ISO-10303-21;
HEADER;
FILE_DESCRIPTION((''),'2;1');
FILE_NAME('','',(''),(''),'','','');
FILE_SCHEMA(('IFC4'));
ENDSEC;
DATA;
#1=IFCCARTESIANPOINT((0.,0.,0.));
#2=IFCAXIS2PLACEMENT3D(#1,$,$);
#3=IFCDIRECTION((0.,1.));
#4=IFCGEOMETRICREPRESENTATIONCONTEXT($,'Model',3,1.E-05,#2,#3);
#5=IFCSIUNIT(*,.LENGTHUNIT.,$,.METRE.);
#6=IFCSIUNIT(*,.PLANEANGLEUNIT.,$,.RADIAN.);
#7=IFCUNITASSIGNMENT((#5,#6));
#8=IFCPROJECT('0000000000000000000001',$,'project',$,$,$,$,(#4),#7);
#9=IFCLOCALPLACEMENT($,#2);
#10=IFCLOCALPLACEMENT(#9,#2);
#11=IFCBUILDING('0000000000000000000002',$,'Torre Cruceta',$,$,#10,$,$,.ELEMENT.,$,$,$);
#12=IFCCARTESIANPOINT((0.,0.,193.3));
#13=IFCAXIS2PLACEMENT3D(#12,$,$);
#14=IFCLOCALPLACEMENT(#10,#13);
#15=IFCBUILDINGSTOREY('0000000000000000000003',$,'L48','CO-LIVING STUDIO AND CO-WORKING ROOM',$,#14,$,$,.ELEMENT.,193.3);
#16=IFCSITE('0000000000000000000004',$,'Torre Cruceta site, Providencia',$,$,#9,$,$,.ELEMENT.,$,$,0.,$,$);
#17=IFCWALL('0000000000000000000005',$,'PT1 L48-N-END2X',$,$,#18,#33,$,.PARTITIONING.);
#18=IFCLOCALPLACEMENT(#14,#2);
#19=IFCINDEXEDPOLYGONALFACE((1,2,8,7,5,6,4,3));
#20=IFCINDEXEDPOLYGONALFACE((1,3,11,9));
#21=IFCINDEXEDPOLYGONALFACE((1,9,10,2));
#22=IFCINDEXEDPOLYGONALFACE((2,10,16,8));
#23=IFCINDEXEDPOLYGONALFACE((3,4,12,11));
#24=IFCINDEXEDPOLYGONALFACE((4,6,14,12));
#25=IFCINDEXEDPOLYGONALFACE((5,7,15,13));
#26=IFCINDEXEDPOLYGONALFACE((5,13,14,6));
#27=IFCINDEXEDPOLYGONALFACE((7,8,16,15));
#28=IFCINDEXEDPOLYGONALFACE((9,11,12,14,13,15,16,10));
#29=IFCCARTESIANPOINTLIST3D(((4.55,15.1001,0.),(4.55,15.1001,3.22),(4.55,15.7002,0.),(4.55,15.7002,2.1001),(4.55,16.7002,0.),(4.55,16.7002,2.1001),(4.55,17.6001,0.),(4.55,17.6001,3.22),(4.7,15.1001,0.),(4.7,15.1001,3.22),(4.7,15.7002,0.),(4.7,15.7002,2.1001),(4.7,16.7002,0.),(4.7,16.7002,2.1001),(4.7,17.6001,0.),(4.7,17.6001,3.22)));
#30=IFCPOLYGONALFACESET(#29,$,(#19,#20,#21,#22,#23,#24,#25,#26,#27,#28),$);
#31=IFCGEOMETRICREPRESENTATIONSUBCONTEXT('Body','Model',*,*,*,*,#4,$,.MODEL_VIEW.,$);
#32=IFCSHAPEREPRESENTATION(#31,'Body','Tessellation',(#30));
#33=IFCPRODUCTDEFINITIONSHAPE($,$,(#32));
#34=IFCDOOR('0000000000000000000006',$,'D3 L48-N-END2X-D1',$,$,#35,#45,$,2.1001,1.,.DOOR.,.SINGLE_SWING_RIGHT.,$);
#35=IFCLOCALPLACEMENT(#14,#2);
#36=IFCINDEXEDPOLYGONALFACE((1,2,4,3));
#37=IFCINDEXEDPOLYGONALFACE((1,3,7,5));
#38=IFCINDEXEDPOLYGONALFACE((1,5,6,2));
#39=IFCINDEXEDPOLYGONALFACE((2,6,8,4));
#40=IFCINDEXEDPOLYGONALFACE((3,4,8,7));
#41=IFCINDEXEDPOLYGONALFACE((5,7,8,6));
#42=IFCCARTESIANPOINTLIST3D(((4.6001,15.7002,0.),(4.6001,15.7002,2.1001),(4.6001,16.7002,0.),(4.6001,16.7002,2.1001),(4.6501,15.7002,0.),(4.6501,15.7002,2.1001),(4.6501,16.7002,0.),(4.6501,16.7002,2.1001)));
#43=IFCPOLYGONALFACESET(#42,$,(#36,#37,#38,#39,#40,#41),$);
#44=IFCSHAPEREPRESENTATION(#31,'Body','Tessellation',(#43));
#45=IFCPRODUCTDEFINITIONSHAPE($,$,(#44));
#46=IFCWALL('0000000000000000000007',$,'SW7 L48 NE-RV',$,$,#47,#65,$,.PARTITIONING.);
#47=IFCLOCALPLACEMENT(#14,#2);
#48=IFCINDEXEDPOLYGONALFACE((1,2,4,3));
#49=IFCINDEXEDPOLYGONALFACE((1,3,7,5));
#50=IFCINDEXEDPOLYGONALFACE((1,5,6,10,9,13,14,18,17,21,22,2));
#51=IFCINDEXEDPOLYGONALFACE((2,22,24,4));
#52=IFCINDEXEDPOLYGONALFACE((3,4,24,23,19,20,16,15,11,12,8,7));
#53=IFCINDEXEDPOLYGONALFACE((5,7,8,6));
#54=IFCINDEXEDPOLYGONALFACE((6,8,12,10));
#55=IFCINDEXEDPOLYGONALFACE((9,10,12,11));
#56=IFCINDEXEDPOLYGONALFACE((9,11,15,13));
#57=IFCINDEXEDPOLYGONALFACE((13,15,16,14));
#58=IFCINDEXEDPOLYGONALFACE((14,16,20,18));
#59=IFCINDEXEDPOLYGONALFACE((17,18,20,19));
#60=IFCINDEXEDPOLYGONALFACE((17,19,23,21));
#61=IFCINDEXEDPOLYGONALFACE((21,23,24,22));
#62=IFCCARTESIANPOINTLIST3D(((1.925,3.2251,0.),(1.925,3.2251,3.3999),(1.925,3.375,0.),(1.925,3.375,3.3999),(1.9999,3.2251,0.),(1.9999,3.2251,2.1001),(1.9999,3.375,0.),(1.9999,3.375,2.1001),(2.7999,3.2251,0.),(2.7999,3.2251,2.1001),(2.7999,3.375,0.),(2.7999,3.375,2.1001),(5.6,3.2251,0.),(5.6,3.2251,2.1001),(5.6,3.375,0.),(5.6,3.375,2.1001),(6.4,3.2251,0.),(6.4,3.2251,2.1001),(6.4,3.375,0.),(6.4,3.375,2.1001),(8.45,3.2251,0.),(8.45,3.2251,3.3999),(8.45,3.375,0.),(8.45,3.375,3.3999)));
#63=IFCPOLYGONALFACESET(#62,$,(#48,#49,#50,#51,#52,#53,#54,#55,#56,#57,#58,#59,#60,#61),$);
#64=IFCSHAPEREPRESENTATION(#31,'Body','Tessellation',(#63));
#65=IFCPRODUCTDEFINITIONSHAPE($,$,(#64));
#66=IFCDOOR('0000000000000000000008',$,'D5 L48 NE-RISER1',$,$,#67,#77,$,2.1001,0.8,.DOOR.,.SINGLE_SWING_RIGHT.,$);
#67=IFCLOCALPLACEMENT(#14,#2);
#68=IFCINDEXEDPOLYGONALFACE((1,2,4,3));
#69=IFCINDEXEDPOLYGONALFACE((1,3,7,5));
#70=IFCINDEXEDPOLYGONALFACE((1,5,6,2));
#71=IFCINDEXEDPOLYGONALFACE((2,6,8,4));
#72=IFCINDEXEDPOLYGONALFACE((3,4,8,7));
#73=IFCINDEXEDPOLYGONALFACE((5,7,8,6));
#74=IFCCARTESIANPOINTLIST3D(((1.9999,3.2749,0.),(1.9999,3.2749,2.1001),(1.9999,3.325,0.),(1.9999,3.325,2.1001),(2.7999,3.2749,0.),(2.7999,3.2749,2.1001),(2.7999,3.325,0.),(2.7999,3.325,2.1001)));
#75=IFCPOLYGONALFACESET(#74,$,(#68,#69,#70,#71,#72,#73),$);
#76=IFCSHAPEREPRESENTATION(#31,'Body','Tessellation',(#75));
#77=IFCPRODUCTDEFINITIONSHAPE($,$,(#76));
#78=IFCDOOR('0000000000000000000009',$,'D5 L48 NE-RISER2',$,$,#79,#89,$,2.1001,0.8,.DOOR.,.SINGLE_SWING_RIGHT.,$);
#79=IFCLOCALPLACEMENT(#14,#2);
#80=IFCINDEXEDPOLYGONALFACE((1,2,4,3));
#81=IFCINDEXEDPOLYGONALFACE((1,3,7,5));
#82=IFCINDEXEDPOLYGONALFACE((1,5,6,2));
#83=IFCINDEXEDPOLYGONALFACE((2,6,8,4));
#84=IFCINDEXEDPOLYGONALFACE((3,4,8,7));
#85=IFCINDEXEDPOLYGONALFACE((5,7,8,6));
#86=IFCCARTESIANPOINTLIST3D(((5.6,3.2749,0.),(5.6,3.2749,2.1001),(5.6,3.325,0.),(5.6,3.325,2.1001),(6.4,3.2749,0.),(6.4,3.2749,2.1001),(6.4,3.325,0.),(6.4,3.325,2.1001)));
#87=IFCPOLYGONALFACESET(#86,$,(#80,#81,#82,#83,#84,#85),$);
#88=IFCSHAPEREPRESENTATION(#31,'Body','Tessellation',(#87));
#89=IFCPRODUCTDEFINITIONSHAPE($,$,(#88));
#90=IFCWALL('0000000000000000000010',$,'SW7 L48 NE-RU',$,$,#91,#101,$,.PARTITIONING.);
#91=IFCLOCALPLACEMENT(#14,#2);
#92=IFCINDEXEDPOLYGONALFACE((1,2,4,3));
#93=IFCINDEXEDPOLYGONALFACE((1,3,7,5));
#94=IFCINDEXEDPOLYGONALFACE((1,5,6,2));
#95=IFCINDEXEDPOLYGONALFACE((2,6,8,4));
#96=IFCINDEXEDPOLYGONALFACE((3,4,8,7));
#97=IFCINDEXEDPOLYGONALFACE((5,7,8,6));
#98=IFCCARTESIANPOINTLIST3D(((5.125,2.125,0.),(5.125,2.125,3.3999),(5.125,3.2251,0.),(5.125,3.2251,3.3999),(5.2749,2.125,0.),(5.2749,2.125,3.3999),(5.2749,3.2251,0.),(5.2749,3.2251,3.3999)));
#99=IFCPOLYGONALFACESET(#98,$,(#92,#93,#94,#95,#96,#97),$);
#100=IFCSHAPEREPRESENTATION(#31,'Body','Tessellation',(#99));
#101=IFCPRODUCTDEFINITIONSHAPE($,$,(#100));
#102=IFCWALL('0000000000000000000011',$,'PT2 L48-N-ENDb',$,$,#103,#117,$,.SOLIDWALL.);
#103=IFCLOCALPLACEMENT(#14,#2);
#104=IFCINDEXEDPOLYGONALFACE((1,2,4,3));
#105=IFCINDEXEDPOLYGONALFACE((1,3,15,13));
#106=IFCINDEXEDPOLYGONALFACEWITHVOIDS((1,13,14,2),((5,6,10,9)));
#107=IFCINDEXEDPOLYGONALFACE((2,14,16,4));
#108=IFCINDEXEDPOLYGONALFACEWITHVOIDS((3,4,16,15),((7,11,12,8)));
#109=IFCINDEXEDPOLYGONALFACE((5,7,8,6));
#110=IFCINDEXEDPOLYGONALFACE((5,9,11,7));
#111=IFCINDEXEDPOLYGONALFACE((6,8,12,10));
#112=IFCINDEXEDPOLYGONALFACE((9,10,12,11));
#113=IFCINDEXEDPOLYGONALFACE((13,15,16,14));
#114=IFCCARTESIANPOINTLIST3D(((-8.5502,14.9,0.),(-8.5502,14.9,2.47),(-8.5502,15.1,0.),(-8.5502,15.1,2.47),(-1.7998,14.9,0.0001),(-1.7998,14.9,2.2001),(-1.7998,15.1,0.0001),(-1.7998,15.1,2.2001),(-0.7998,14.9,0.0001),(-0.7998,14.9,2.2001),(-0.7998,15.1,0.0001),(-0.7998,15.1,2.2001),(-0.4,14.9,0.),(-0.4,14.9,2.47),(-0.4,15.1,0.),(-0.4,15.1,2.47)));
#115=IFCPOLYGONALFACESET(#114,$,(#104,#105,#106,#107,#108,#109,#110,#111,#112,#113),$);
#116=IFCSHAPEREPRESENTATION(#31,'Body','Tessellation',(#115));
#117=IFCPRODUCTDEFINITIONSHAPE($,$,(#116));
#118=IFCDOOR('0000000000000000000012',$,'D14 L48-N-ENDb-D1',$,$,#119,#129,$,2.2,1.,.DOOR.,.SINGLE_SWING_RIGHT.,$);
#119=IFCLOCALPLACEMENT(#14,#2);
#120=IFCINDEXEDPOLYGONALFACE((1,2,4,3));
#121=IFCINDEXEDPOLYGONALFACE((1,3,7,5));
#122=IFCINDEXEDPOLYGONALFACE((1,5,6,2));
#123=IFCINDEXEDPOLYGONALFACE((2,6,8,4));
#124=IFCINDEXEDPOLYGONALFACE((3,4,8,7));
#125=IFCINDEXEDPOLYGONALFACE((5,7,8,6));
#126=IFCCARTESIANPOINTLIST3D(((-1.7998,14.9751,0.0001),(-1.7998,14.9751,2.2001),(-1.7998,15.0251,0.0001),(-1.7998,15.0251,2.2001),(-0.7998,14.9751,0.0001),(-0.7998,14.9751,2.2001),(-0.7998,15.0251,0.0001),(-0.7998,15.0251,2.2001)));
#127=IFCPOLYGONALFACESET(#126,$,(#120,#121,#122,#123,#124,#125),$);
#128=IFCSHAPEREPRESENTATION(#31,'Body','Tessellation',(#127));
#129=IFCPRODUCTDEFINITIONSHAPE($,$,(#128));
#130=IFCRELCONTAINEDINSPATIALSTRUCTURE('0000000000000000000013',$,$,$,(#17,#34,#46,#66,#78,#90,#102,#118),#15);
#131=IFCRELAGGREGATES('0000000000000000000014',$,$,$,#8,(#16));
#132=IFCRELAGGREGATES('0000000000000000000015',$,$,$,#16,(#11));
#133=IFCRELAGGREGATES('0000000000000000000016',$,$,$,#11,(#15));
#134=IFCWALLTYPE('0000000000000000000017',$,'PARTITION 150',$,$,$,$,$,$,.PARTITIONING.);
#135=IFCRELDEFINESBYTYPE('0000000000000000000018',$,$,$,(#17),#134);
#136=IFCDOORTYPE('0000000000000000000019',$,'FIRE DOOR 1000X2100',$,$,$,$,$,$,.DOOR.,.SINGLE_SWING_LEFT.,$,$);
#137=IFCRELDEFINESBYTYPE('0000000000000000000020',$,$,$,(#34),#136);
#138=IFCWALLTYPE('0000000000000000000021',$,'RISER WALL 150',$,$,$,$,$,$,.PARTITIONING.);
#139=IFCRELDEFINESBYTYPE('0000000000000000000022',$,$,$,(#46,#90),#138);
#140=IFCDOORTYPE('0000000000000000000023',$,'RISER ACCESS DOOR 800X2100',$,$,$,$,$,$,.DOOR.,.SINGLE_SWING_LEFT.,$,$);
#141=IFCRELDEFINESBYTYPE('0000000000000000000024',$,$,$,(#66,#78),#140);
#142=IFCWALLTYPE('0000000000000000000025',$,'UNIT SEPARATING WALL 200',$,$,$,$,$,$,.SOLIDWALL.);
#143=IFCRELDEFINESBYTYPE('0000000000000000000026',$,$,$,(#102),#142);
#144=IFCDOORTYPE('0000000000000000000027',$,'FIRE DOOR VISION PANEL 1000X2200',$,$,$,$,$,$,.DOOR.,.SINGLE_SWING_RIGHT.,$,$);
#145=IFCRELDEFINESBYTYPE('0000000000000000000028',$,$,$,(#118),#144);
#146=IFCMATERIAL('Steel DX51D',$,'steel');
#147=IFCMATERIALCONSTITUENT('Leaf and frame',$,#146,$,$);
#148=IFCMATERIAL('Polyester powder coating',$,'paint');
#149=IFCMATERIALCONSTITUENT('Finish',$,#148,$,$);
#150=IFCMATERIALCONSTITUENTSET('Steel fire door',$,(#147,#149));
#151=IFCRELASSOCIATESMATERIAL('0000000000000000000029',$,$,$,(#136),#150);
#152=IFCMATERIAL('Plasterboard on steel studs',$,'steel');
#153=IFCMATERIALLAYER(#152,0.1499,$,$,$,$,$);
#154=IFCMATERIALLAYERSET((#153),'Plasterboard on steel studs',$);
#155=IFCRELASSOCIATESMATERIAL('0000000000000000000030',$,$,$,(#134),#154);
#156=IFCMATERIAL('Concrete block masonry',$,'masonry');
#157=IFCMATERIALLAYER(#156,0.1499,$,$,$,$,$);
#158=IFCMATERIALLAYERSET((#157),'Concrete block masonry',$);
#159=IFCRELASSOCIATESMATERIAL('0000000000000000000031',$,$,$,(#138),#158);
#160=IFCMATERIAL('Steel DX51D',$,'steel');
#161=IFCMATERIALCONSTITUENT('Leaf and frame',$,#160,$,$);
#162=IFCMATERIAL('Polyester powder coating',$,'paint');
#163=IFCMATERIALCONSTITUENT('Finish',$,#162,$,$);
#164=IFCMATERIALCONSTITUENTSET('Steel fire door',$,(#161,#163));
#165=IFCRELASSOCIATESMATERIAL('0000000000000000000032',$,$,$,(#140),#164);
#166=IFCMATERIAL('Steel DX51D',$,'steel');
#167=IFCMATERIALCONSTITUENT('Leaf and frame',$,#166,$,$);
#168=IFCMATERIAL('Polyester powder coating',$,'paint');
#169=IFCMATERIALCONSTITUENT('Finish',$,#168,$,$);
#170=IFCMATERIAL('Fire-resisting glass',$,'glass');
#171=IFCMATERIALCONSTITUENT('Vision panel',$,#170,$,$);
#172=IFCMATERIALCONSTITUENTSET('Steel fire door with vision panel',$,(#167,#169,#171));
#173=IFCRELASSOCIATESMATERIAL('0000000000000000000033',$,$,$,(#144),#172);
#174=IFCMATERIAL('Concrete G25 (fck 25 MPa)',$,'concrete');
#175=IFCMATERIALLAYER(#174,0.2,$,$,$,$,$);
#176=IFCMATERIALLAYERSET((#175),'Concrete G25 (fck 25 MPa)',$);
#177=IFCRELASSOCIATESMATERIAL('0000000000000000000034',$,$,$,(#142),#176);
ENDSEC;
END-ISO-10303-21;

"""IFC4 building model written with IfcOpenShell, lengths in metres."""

from ifc_helpers import new_model, si_unit, direction, frame, frame_2d, origin, place, context, subcontext, project, spatial, rectangle, extrude, material, layer, layer_set, constituent, constituent_set, type_object, element, fill, save


model = new_model("IFC4")

# Units and contexts
model_context = context("Model", 3, precision=1e-05, world=origin(), true_north=direction((0.0, 1.0)))
body_context = subcontext(model_context, "Body", "Model", "MODEL_VIEW")
ifc_project = project(units=[si_unit("LENGTHUNIT", "METRE"), si_unit("PLANEANGLEUNIT", "RADIAN")], contexts=[model_context])

# Site, building, storey
site_placement = place(None, origin())
site = spatial("IfcSite", under=ifc_project, at=site_placement, Name="Torre Cruceta site, Providencia", CompositionType="ELEMENT", RefElevation=0.0)
building_placement = place(site_placement, origin())
building = spatial("IfcBuilding", under=site, at=building_placement, Name="Torre Cruceta", CompositionType="ELEMENT")
storey_placement = place(building_placement, frame((0.0, 0.0, 193.3)))
storey = spatial("IfcBuildingStorey", under=building, at=storey_placement, Name="L48", Description="CO-LIVING STUDIO AND CO-WORKING ROOM", CompositionType="ELEMENT", Elevation=193.3)

# Shared definitions
ifc_material_1 = material(Name="Steel DX51D", Category="steel")
ifc_constituent_1 = constituent(ifc_material_1, Name="Leaf and frame")
ifc_material_2 = material(Name="Polyester powder coating", Category="paint")
ifc_constituent_2 = constituent(ifc_material_2, Name="Finish")
ifc_constituent_set_1 = constituent_set(constituents=[ifc_constituent_1, ifc_constituent_2], Name="Steel fire door")
door_type_1 = type_object("IfcDoorType", Name="FIRE DOOR 1000X2100", OperationType="SINGLE_SWING_LEFT", PredefinedType="DOOR", material=ifc_constituent_set_1)

# Wall, opening, door
ifc_material_3 = material(Name="Plasterboard on steel studs", Category="steel")
ifc_layer_1 = layer(ifc_material_3, 0.1499)
ifc_layer_set_1 = layer_set([ifc_layer_1], Name="Plasterboard on steel studs")
wall_type_1 = type_object("IfcWallType", Name="PARTITION 150", PredefinedType="PARTITIONING", material=ifc_layer_set_1)
wall_1_placement = place(storey_placement, frame((4.625, 15.1001, 0.0), z_axis=(0.0, 0.0, 1.0), x_axis=(0.0, 1.0, 0.0)))
wall_1 = element("IfcWall", 1, at=wall_1_placement, inside=storey, type_object=wall_type_1, Name="PT1 L48-N-END2X", PredefinedType="PARTITIONING", context=body_context, shape_type="SweptSolid", body=[
    extrude(rectangle(XDim=2.5, YDim=0.1499, at=frame_2d((1.25, 0.0))), origin(), (0.0, 0.0, 1.0), 3.22),
])
opening_1_placement = place(wall_1_placement, frame((0.6001, 0.0, 0.0)))
opening_1 = element("IfcOpeningElement", 2, at=opening_1_placement, cuts=wall_1, PredefinedType="OPENING", context=body_context, shape_type="SweptSolid", body=[
    extrude(rectangle(XDim=1.0, YDim=2.1001, at=frame_2d((0.5, 1.05))), frame((0.0, 0.085, 0.0), z_axis=(0.0, -1.0, 0.0), x_axis=(1.0, 0.0, 0.0)), (0.0, 0.0, 1.0), 0.1699),
])
door_1_placement = place(opening_1_placement, frame((1.0, 0.0, 0.0), z_axis=(0.0, 0.0, 1.0), x_axis=(-1.0, 0.0, 0.0)))
door_1 = element("IfcDoor", 3, at=door_1_placement, inside=storey, type_object=door_type_1, Name="D3 L48-N-END2X-D1", OperationType="SINGLE_SWING_RIGHT", OverallHeight=2.1001, OverallWidth=1.0, PredefinedType="DOOR", context=body_context, shape_type="SweptSolid", body=[
    extrude(rectangle(XDim=1.0, YDim=2.1001, at=frame_2d((0.5, 1.05))), frame((0.0, 0.0251, 0.0), z_axis=(0.0, -1.0, 0.0), x_axis=(1.0, 0.0, 0.0)), (0.0, 0.0, 1.0), 0.05),
])
fill(opening_1, door_1)

# Wall, openings, doors
ifc_material_4 = material(Name="Concrete block masonry", Category="masonry")
ifc_layer_2 = layer(ifc_material_4, 0.1499)
ifc_layer_set_2 = layer_set([ifc_layer_2], Name="Concrete block masonry")
wall_type_2 = type_object("IfcWallType", Name="RISER WALL 150", PredefinedType="PARTITIONING", material=ifc_layer_set_2)
wall_2_placement = place(storey_placement, frame((1.925, 3.3, 0.0), z_axis=(0.0, 0.0, 1.0), x_axis=(1.0, 0.0, 0.0)))
wall_2 = element("IfcWall", 4, at=wall_2_placement, inside=storey, type_object=wall_type_2, Name="SW7 L48 NE-RV", PredefinedType="PARTITIONING", context=body_context, shape_type="SweptSolid", body=[
    extrude(rectangle(XDim=6.5249, YDim=0.1499, at=frame_2d((3.2625, 0.0))), origin(), (0.0, 0.0, 1.0), 3.3999),
])
opening_2_placement = place(wall_2_placement, frame((0.075, 0.0, 0.0)))
opening_2 = element("IfcOpeningElement", 5, at=opening_2_placement, cuts=wall_2, PredefinedType="OPENING", context=body_context, shape_type="SweptSolid", body=[
    extrude(rectangle(XDim=0.8, YDim=2.1001, at=frame_2d((0.3999, 1.05))), frame((0.0, 0.085, 0.0), z_axis=(0.0, -1.0, 0.0), x_axis=(1.0, 0.0, 0.0)), (0.0, 0.0, 1.0), 0.1699),
])
opening_3_placement = place(wall_2_placement, frame((3.675, 0.0, 0.0)))
opening_3 = element("IfcOpeningElement", 6, at=opening_3_placement, cuts=wall_2, PredefinedType="OPENING", context=body_context, shape_type="SweptSolid", body=[
    extrude(rectangle(XDim=0.8, YDim=2.1001, at=frame_2d((0.3999, 1.05))), frame((0.0, 0.085, 0.0), z_axis=(0.0, -1.0, 0.0), x_axis=(1.0, 0.0, 0.0)), (0.0, 0.0, 1.0), 0.1699),
])
ifc_material_5 = material(Name="Steel DX51D", Category="steel")
ifc_constituent_3 = constituent(ifc_material_5, Name="Leaf and frame")
ifc_material_6 = material(Name="Polyester powder coating", Category="paint")
ifc_constituent_4 = constituent(ifc_material_6, Name="Finish")
ifc_constituent_set_2 = constituent_set(constituents=[ifc_constituent_3, ifc_constituent_4], Name="Steel fire door")
door_type_2 = type_object("IfcDoorType", Name="RISER ACCESS DOOR 800X2100", OperationType="SINGLE_SWING_LEFT", PredefinedType="DOOR", material=ifc_constituent_set_2)
door_2_placement = place(opening_2_placement, frame((0.8, 0.0, 0.0), z_axis=(0.0, 0.0, 1.0), x_axis=(-1.0, 0.0, 0.0)))
door_2 = element("IfcDoor", 7, at=door_2_placement, inside=storey, type_object=door_type_2, Name="D5 L48 NE-RISER1", OperationType="SINGLE_SWING_RIGHT", OverallHeight=2.1001, OverallWidth=0.8, PredefinedType="DOOR", context=body_context, shape_type="SweptSolid", body=[
    extrude(rectangle(XDim=0.8, YDim=2.1001, at=frame_2d((0.4001, 1.05))), frame((0.0, 0.0251, 0.0), z_axis=(0.0, -1.0, 0.0), x_axis=(1.0, 0.0, 0.0)), (0.0, 0.0, 1.0), 0.05),
])
fill(opening_2, door_2)
door_3_placement = place(opening_3_placement, frame((0.8, 0.0, 0.0), z_axis=(0.0, 0.0, 1.0), x_axis=(-1.0, 0.0, 0.0)))
door_3 = element("IfcDoor", 8, at=door_3_placement, inside=storey, type_object=door_type_2, Name="D5 L48 NE-RISER2", OperationType="SINGLE_SWING_RIGHT", OverallHeight=2.1001, OverallWidth=0.8, PredefinedType="DOOR", context=body_context, shape_type="SweptSolid", body=[
    extrude(rectangle(XDim=0.8, YDim=2.1001, at=frame_2d((0.4001, 1.05))), frame((0.0, 0.0251, 0.0), z_axis=(0.0, -1.0, 0.0), x_axis=(1.0, 0.0, 0.0)), (0.0, 0.0, 1.0), 0.05),
])
fill(opening_3, door_3)

# Wall
wall_3_placement = place(storey_placement, frame((5.2, 2.125, 0.0), z_axis=(0.0, 0.0, 1.0), x_axis=(0.0, 1.0, 0.0)))
element("IfcWall", 9, at=wall_3_placement, inside=storey, type_object=wall_type_2, Name="SW7 L48 NE-RU", PredefinedType="PARTITIONING", context=body_context, shape_type="SweptSolid", body=[
    extrude(rectangle(XDim=1.1001, YDim=0.1499, at=frame_2d((0.55, 0.0))), origin(), (0.0, 0.0, 1.0), 3.3999),
])

# Shared definitions
ifc_material_7 = material(Name="Steel DX51D", Category="steel")
ifc_constituent_5 = constituent(ifc_material_7, Name="Leaf and frame")
ifc_material_8 = material(Name="Polyester powder coating", Category="paint")
ifc_constituent_6 = constituent(ifc_material_8, Name="Finish")
ifc_material_9 = material(Name="Fire-resisting glass", Category="glass")
ifc_constituent_7 = constituent(ifc_material_9, Name="Vision panel")
ifc_constituent_set_3 = constituent_set(constituents=[ifc_constituent_5, ifc_constituent_6, ifc_constituent_7], Name="Steel fire door with vision panel")
door_type_3 = type_object("IfcDoorType", Name="FIRE DOOR VISION PANEL 1000X2200", OperationType="SINGLE_SWING_RIGHT", PredefinedType="DOOR", material=ifc_constituent_set_3)

# Wall, opening, door
ifc_material_10 = material(Name="Concrete G25 (fck 25 MPa)", Category="concrete")
ifc_layer_3 = layer(ifc_material_10, 0.2)
ifc_layer_set_3 = layer_set([ifc_layer_3], Name="Concrete G25 (fck 25 MPa)")
wall_type_3 = type_object("IfcWallType", Name="UNIT SEPARATING WALL 200", PredefinedType="SOLIDWALL", material=ifc_layer_set_3)
wall_4_placement = place(storey_placement, frame((-0.3999, 15.0, 0.0), z_axis=(0.0, 0.0, 1.0), x_axis=(-1.0, 0.0, 0.0)))
wall_4 = element("IfcWall", 10, at=wall_4_placement, inside=storey, type_object=wall_type_3, Name="PT2 L48-N-ENDb", PredefinedType="SOLIDWALL", context=body_context, shape_type="SweptSolid", body=[
    extrude(rectangle(XDim=8.1501, YDim=0.2, at=frame_2d((4.0752, 0.0))), origin(), (0.0, 0.0, 1.0), 2.47),
])
opening_4_placement = place(wall_4_placement, frame((0.3999, 0.0, 0.0)))
opening_4 = element("IfcOpeningElement", 11, at=opening_4_placement, cuts=wall_4, PredefinedType="OPENING", context=body_context, shape_type="SweptSolid", body=[
    extrude(rectangle(XDim=1.0, YDim=2.2, at=frame_2d((0.5, 1.1001))), frame((0.0, 0.1099, 0.0), z_axis=(0.0, -1.0, 0.0), x_axis=(1.0, 0.0, 0.0)), (0.0, 0.0, 1.0), 0.22),
])
door_4_placement = place(opening_4_placement, frame((1.0, 0.0, 0.0), z_axis=(0.0, 0.0, 1.0), x_axis=(-1.0, 0.0, 0.0)))
door_4 = element("IfcDoor", 12, at=door_4_placement, inside=storey, type_object=door_type_3, Name="D14 L48-N-ENDb-D1", OperationType="SINGLE_SWING_RIGHT", OverallHeight=2.2, OverallWidth=1.0, PredefinedType="DOOR", context=body_context, shape_type="SweptSolid", body=[
    extrude(rectangle(XDim=1.0, YDim=2.2, at=frame_2d((0.5, 1.1001))), frame((0.0, 0.0251, 0.0), z_axis=(0.0, -1.0, 0.0), x_axis=(1.0, 0.0, 0.0)), (0.0, 0.0, 1.0), 0.05),
])
fill(opening_4, door_4)

save(model, "model.ifc")
